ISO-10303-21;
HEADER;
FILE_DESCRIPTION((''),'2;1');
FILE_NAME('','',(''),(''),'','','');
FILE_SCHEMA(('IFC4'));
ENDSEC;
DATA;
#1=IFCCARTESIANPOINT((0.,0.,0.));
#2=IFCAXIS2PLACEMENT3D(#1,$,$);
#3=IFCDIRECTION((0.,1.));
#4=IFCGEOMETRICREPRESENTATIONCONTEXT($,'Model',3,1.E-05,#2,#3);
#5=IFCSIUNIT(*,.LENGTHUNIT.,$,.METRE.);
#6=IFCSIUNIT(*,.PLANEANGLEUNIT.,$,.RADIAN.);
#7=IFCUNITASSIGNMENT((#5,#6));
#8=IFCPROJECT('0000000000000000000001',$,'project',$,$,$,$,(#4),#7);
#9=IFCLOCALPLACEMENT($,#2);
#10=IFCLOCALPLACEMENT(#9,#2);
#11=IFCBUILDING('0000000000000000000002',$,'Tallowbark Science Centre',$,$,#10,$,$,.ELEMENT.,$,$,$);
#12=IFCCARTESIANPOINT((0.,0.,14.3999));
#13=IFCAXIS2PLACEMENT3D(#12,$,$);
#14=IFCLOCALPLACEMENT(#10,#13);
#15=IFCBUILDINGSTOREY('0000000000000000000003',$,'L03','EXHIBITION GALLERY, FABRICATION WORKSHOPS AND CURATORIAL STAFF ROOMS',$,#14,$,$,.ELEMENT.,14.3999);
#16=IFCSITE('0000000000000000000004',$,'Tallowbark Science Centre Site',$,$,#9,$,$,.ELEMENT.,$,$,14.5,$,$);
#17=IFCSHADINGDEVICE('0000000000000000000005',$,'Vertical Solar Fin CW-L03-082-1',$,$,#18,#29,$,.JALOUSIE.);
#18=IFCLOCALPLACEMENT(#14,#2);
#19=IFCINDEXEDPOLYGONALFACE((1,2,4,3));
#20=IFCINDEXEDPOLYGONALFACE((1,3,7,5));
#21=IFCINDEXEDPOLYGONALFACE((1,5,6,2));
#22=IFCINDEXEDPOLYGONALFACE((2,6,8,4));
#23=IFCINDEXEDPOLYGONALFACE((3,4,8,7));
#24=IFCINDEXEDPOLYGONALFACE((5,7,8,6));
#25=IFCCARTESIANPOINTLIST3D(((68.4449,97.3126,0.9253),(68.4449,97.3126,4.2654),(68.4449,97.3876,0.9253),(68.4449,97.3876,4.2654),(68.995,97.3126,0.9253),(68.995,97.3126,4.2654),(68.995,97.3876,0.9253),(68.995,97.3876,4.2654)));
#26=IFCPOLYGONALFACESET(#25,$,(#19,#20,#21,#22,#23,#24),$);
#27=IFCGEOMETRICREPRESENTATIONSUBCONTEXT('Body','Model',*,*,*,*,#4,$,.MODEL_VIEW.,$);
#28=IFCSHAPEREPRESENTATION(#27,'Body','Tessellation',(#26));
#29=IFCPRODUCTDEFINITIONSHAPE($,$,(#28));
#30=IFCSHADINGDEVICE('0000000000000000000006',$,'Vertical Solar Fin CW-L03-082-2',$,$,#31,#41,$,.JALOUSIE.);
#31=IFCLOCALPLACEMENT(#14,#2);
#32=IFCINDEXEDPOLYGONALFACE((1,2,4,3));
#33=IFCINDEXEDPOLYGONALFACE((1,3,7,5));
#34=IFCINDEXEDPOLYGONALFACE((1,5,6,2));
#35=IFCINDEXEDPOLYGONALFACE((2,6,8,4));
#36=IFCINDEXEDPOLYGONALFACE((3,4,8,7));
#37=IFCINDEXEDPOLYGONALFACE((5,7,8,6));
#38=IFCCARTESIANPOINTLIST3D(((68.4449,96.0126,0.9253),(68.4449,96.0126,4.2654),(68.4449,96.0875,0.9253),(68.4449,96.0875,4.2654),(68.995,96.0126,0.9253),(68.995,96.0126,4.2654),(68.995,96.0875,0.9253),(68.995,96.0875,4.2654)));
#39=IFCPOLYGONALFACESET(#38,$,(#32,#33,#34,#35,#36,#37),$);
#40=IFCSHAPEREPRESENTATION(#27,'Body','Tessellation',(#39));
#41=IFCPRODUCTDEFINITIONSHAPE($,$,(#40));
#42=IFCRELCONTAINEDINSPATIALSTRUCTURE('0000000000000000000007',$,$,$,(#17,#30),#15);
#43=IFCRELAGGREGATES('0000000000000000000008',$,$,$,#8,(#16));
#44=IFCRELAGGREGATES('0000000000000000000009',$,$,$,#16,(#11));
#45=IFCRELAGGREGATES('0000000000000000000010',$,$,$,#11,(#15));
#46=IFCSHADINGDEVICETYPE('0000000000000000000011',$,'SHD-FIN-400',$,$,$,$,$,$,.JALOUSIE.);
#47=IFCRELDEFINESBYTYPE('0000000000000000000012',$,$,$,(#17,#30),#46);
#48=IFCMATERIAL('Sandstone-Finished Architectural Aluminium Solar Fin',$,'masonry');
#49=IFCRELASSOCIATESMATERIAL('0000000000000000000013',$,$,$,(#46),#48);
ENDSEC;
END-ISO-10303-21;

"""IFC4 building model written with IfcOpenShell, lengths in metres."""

from ifc_helpers import new_model, si_unit, direction, frame, origin, origin_2d, place, context, subcontext, project, spatial, rectangle, extrude, material, type_object, element, save


model = new_model("IFC4")

# Units and contexts
model_context = context("Model", 3, precision=1e-05, world=origin(), true_north=direction((0.0, 1.0)))
body_context = subcontext(model_context, "Body", "Model", "MODEL_VIEW")
ifc_project = project(units=[si_unit("LENGTHUNIT", "METRE"), si_unit("PLANEANGLEUNIT", "RADIAN")], contexts=[model_context])

# Site, building, storey
site_placement = place(None, origin())
site = spatial("IfcSite", under=ifc_project, at=site_placement, Name="Tallowbark Science Centre Site", CompositionType="ELEMENT", RefElevation=14.5)
building_placement = place(site_placement, origin())
building = spatial("IfcBuilding", under=site, at=building_placement, Name="Tallowbark Science Centre", CompositionType="ELEMENT")
storey_placement = place(building_placement, frame((0.0, 0.0, 14.3999)))
storey = spatial("IfcBuildingStorey", under=building, at=storey_placement, Name="L03", Description="EXHIBITION GALLERY, FABRICATION WORKSHOPS AND CURATORIAL STAFF ROOMS", CompositionType="ELEMENT", Elevation=14.3999)

# Shading devices
ifc_material_1 = material(Name="Sandstone-Finished Architectural Aluminium Solar Fin", Category="masonry")
shading_device_type = type_object("IfcShadingDeviceType", Name="SHD-FIN-400", PredefinedType="JALOUSIE", material=ifc_material_1)
for number, where, z_axis, x_axis, name in (
    (1, (68.72, 97.3501, 0.9253), (0.0, 0.0, 1.0), (0.0, -1.0, 0.0), "Vertical Solar Fin CW-L03-082-1"),
    (2, (68.72, 96.05, 0.9253), (0.0, 0.0, 1.0), (0.0, -1.0, 0.0), "Vertical Solar Fin CW-L03-082-2"),
):
    element("IfcShadingDevice", number, at=place(storey_placement, frame(where, z_axis=z_axis, x_axis=x_axis)), inside=storey, type_object=shading_device_type, Name=name, PredefinedType="JALOUSIE", context=body_context, shape_type="SweptSolid", body=[
        extrude(rectangle(XDim=0.075, YDim=0.55, at=origin_2d()), origin(), (0.0, 0.0, 1.0), 3.3401),
    ])

save(model, "model.ifc")
